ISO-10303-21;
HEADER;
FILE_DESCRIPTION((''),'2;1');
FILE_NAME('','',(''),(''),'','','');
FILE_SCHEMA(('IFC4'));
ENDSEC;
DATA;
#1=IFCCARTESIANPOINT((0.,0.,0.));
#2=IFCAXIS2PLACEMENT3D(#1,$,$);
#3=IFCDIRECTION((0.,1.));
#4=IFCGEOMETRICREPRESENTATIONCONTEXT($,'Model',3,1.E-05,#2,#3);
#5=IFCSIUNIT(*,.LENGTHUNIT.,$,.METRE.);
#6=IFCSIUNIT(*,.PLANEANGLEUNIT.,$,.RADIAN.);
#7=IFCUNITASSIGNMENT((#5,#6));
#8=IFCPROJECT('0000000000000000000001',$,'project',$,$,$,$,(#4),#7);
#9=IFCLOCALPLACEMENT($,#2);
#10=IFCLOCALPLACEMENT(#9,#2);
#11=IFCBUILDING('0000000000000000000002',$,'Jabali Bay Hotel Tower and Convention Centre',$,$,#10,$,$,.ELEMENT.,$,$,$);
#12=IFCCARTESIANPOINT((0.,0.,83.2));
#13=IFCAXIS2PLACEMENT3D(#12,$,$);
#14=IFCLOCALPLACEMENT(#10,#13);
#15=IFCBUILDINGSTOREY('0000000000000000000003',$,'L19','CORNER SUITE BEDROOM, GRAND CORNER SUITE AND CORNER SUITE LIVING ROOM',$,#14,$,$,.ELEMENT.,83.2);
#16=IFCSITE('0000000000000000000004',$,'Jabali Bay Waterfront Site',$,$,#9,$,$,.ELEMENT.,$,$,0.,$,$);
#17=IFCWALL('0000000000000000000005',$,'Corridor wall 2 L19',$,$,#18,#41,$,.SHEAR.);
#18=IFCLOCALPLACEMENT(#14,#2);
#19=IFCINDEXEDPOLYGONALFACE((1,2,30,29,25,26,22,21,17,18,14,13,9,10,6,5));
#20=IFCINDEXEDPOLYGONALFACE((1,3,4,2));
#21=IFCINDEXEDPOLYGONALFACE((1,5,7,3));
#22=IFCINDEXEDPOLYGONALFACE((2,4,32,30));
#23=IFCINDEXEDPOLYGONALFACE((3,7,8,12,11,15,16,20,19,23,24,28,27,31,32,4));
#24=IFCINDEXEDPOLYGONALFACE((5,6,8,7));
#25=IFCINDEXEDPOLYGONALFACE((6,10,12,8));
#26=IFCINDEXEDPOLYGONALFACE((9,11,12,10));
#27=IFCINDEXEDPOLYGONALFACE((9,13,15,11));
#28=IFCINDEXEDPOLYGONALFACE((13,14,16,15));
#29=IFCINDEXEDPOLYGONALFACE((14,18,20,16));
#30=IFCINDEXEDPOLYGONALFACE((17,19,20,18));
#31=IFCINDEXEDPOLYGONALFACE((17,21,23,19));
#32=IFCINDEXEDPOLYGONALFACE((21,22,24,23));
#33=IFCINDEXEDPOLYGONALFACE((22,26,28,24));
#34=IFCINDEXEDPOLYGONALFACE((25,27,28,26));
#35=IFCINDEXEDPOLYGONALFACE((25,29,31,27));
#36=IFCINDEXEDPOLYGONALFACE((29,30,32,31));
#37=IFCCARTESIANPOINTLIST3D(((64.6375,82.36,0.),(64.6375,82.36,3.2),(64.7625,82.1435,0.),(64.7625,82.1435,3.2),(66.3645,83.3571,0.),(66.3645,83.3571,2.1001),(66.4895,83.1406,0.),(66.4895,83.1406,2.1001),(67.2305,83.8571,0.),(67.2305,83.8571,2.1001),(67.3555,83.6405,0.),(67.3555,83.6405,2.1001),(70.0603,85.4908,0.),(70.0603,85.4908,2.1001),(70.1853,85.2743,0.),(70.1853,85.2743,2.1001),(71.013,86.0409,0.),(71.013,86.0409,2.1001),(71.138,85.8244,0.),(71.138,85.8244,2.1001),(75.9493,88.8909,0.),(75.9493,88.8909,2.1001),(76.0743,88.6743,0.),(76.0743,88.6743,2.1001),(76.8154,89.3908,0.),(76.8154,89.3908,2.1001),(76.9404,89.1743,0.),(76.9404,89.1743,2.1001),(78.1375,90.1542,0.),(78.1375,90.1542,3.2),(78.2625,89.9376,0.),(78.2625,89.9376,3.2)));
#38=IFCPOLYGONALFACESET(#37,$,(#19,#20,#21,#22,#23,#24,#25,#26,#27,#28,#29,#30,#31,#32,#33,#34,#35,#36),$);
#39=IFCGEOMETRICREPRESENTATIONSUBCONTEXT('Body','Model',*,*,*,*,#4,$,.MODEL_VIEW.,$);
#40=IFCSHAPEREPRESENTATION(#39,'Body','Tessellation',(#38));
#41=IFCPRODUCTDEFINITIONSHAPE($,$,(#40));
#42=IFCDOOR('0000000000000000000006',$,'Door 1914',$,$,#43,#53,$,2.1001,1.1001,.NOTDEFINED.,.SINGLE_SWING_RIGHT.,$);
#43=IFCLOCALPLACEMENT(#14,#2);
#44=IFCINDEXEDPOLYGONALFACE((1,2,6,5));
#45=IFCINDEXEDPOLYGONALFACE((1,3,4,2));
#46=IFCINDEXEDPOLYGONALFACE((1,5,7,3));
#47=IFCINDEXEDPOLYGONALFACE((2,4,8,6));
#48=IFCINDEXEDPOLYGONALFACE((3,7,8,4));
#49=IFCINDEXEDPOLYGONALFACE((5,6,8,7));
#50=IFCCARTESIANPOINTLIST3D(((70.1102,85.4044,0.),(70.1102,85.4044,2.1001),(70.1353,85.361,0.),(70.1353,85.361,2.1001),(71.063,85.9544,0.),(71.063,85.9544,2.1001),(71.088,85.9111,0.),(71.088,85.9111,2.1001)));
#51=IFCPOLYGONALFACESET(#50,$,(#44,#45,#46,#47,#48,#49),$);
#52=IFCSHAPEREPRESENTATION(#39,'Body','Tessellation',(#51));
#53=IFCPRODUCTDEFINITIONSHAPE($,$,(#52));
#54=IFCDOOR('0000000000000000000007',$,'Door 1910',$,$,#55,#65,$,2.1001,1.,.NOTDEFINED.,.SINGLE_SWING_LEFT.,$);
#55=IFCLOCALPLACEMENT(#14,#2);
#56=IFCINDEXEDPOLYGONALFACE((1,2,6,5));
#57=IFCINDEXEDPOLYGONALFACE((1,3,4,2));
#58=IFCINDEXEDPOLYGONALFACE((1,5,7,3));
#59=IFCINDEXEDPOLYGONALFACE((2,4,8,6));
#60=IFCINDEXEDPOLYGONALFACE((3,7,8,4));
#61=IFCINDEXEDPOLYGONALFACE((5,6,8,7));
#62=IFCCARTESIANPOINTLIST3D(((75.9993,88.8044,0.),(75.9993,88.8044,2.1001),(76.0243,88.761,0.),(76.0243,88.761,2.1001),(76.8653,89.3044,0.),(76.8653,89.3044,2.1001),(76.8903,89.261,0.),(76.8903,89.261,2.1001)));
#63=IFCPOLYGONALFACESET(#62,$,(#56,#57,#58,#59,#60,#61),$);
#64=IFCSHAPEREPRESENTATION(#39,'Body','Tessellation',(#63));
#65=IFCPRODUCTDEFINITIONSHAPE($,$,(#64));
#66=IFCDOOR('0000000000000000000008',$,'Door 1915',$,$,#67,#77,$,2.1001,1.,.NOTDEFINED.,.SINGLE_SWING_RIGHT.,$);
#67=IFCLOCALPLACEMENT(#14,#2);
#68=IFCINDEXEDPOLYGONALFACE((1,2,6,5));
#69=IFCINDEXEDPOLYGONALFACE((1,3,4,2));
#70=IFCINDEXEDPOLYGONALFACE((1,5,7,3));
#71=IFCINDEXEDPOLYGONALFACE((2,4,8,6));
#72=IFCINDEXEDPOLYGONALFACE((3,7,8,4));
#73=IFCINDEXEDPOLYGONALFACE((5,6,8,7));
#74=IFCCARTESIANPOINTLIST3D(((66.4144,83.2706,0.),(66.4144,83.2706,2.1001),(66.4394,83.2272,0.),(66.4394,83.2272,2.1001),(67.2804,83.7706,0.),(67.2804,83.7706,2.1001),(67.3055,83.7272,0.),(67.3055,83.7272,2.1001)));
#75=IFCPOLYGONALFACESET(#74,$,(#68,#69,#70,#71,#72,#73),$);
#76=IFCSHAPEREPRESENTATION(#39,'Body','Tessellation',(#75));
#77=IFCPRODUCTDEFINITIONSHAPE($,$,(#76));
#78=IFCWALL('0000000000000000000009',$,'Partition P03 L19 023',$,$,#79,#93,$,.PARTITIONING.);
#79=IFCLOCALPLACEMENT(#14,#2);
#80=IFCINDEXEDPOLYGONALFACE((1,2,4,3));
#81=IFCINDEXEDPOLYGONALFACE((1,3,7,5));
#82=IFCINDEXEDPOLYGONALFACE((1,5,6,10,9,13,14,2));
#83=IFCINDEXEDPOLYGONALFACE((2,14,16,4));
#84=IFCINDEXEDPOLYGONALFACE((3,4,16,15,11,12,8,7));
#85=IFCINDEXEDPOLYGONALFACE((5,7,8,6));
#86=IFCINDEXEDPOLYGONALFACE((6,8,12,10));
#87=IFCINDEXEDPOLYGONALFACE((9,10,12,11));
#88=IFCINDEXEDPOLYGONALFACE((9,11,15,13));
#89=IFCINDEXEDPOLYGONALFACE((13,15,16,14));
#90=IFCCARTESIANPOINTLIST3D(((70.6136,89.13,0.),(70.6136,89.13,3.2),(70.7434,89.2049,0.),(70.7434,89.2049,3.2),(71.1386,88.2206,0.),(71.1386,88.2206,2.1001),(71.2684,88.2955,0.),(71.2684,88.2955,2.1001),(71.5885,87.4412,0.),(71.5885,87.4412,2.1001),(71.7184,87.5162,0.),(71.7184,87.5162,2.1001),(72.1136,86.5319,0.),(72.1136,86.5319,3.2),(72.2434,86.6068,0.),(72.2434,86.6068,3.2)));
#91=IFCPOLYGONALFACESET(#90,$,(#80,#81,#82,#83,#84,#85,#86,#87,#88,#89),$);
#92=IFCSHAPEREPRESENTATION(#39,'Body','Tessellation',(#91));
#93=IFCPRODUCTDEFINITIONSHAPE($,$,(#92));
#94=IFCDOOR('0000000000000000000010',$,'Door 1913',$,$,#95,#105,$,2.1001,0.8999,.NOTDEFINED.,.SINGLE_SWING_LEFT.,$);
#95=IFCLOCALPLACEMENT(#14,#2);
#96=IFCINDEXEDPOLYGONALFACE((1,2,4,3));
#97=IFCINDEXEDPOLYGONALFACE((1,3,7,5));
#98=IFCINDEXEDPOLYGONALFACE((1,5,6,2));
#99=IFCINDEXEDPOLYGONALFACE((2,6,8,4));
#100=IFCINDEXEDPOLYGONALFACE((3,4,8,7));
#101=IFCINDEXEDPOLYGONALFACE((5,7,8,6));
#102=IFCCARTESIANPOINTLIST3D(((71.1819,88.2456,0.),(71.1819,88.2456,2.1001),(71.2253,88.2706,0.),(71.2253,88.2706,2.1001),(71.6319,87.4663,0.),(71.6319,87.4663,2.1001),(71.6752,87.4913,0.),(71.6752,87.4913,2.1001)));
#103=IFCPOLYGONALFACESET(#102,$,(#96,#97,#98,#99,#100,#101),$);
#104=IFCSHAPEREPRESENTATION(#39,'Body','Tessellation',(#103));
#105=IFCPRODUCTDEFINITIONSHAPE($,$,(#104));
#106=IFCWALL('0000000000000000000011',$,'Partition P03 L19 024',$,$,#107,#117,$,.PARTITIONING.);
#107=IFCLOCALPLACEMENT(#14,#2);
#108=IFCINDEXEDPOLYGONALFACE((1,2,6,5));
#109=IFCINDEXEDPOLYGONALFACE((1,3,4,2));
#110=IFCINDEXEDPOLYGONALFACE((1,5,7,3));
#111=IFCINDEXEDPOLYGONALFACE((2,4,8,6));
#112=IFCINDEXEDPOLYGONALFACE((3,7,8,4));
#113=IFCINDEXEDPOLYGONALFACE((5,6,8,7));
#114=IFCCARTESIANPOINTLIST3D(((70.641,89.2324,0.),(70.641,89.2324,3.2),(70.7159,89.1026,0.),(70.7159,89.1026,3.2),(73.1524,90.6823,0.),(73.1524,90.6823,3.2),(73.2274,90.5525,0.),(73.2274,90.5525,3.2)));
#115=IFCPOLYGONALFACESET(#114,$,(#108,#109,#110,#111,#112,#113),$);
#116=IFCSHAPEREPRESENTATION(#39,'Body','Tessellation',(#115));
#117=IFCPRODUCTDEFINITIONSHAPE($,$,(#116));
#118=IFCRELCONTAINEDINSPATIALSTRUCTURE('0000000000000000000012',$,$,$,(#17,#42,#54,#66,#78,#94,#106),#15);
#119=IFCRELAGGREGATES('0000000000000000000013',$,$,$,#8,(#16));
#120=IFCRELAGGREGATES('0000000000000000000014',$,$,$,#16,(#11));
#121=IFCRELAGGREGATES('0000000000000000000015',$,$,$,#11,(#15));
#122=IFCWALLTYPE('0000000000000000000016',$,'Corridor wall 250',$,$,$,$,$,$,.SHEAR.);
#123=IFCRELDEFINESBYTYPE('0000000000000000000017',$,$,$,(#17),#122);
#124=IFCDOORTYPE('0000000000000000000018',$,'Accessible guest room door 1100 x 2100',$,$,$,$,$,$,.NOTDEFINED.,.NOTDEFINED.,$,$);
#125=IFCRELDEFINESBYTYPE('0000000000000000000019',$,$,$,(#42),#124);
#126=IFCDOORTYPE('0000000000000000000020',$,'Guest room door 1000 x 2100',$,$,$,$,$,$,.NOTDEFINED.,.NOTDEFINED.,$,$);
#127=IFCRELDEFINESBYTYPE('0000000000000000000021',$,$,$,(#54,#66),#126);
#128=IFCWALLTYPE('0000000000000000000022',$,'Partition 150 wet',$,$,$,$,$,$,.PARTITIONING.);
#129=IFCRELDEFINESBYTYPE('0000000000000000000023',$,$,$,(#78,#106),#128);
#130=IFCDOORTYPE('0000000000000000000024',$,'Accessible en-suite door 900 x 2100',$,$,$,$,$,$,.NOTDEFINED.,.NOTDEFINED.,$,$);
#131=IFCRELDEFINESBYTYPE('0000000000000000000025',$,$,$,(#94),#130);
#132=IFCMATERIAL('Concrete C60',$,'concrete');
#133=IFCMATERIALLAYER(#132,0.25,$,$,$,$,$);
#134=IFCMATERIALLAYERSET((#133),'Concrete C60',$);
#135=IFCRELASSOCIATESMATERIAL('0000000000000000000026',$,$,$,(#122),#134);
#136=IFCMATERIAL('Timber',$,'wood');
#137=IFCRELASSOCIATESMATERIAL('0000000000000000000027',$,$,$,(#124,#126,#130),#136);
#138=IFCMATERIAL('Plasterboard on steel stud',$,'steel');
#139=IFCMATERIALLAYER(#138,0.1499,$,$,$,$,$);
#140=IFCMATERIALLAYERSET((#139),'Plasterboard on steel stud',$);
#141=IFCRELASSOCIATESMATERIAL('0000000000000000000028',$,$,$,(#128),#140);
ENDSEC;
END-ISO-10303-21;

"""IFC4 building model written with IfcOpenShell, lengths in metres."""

from ifc_helpers import new_model, si_unit, direction, frame, frame_2d, origin, place, context, subcontext, project, spatial, rectangle, extrude, material, layer, layer_set, type_object, element, fill, save


model = new_model("IFC4")

# Units and contexts
model_context = context("Model", 3, precision=1e-05, world=origin(), true_north=direction((0.0, 1.0)))
body_context = subcontext(model_context, "Body", "Model", "MODEL_VIEW")
ifc_project = project(units=[si_unit("LENGTHUNIT", "METRE"), si_unit("PLANEANGLEUNIT", "RADIAN")], contexts=[model_context])

# Site, building, storey
site_placement = place(None, origin())
site = spatial("IfcSite", under=ifc_project, at=site_placement, Name="Jabali Bay Waterfront Site", CompositionType="ELEMENT", RefElevation=0.0)
building_placement = place(site_placement, origin())
building = spatial("IfcBuilding", under=site, at=building_placement, Name="Jabali Bay Hotel Tower and Convention Centre", CompositionType="ELEMENT")
storey_placement = place(building_placement, frame((0.0, 0.0, 83.2)))
storey = spatial("IfcBuildingStorey", under=building, at=storey_placement, Name="L19", Description="CORNER SUITE BEDROOM, GRAND CORNER SUITE AND CORNER SUITE LIVING ROOM", CompositionType="ELEMENT", Elevation=83.2)

# Shared definitions
ifc_material_1 = material(Name="Concrete C60", Category="concrete")

# Wall, openings, doors
ifc_layer_1 = layer(ifc_material_1, 0.25)
ifc_layer_set_1 = layer_set([ifc_layer_1], Name="Concrete C60")
wall_type_1 = type_object("IfcWallType", Name="Corridor wall 250", PredefinedType="SHEAR", material=ifc_layer_set_1)
wall_1_placement = place(storey_placement, frame((78.2, 90.0459, 0.0), z_axis=(0.0, 0.0, 1.0), x_axis=(-0.866026, -0.499998, 0.0)))
wall_1 = element("IfcWall", 1, at=wall_1_placement, inside=storey, type_object=wall_type_1, Name="Corridor wall 2 L19", PredefinedType="SHEAR", context=body_context, shape_type="SweptSolid", body=[
    extrude(rectangle(XDim=15.5884, YDim=0.25, at=frame_2d((7.7942, 0.0))), origin(), (0.0, 0.0, 1.0), 3.2),
])
opening_1_placement = place(wall_1_placement, frame((1.5266, 0.0, 0.0)))
opening_1 = element("IfcOpeningElement", 2, at=opening_1_placement, cuts=wall_1, PredefinedType="OPENING", context=body_context, shape_type="SweptSolid", body=[
    extrude(rectangle(XDim=1.0, YDim=2.1001, at=frame_2d((0.5, 1.05))), frame((0.0, 0.1355, 0.0), z_axis=(0.0, -1.0, 0.0), x_axis=(1.0, 0.0, 0.0)), (0.0, 0.0, 1.0), 0.271),
])
opening_2_placement = place(wall_1_placement, frame((8.2266, 0.0, 0.0)))
opening_2 = element("IfcOpeningElement", 3, at=opening_2_placement, cuts=wall_1, PredefinedType="OPENING", context=body_context, shape_type="SweptSolid", body=[
    extrude(rectangle(XDim=1.1001, YDim=2.1001, at=frame_2d((0.55, 1.05))), frame((0.0, 0.1355, 0.0), z_axis=(0.0, -1.0, 0.0), x_axis=(1.0, 0.0, 0.0)), (0.0, 0.0, 1.0), 0.271),
])
opening_3_placement = place(wall_1_placement, frame((12.5942, 0.0, 0.0)))
opening_3 = element("IfcOpeningElement", 4, at=opening_3_placement, cuts=wall_1, PredefinedType="OPENING", context=body_context, shape_type="SweptSolid", body=[
    extrude(rectangle(XDim=1.0, YDim=2.1001, at=frame_2d((0.5, 1.05))), frame((0.0, 0.1355, 0.0), z_axis=(0.0, -1.0, 0.0), x_axis=(1.0, 0.0, 0.0)), (0.0, 0.0, 1.0), 0.271),
])
ifc_material_2 = material(Name="Timber", Category="wood")
door_type_1 = type_object("IfcDoorType", Name="Accessible guest room door 1100 x 2100", OperationType="NOTDEFINED", PredefinedType="NOTDEFINED", material=ifc_material_2)
door_1_placement = place(opening_2_placement, origin())
door_1 = element("IfcDoor", 5, at=door_1_placement, inside=storey, type_object=door_type_1, Name="Door 1914", OperationType="SINGLE_SWING_RIGHT", OverallHeight=2.1001, OverallWidth=1.1001, PredefinedType="NOTDEFINED", context=body_context, shape_type="SweptSolid", body=[
    extrude(rectangle(XDim=1.1001, YDim=2.1001, at=frame_2d((0.55, 1.05))), frame((0.0, 0.0249, 0.0), z_axis=(0.0, -1.0, 0.0), x_axis=(1.0, 0.0, 0.0)), (0.0, 0.0, 1.0), 0.05),
])
fill(opening_2, door_1)
door_type_2 = type_object("IfcDoorType", Name="Guest room door 1000 x 2100", OperationType="NOTDEFINED", PredefinedType="NOTDEFINED", material=ifc_material_2)
door_2_placement = place(opening_1_placement, origin())
door_2 = element("IfcDoor", 6, at=door_2_placement, inside=storey, type_object=door_type_2, Name="Door 1910", OperationType="SINGLE_SWING_LEFT", OverallHeight=2.1001, OverallWidth=1.0, PredefinedType="NOTDEFINED", context=body_context, shape_type="SweptSolid", body=[
    extrude(rectangle(XDim=1.0, YDim=2.1001, at=frame_2d((0.5, 1.05))), frame((0.0, 0.0249, 0.0), z_axis=(0.0, -1.0, 0.0), x_axis=(1.0, 0.0, 0.0)), (0.0, 0.0, 1.0), 0.05),
])
fill(opening_1, door_2)
door_3_placement = place(opening_3_placement, origin())
door_3 = element("IfcDoor", 7, at=door_3_placement, inside=storey, type_object=door_type_2, Name="Door 1915", OperationType="SINGLE_SWING_RIGHT", OverallHeight=2.1001, OverallWidth=1.0, PredefinedType="NOTDEFINED", context=body_context, shape_type="SweptSolid", body=[
    extrude(rectangle(XDim=1.0, YDim=2.1001, at=frame_2d((0.5, 1.05))), frame((0.0, 0.0249, 0.0), z_axis=(0.0, -1.0, 0.0), x_axis=(1.0, 0.0, 0.0)), (0.0, 0.0, 1.0), 0.05),
])
fill(opening_3, door_3)

# Wall, opening, door
ifc_material_3 = material(Name="Plasterboard on steel stud", Category="steel")
ifc_layer_2 = layer(ifc_material_3, 0.1499)
ifc_layer_set_2 = layer_set([ifc_layer_2], Name="Plasterboard on steel stud")
wall_type_2 = type_object("IfcWallType", Name="Partition 150 wet", PredefinedType="PARTITIONING", material=ifc_layer_set_2)
wall_2_placement = place(storey_placement, frame((72.1785, 86.5693, 0.0), z_axis=(0.0, 0.0, 1.0), x_axis=(-0.49999, 0.866031, 0.0)))
wall_2 = element("IfcWall", 8, at=wall_2_placement, inside=storey, type_object=wall_type_2, Name="Partition P03 L19 023", PredefinedType="PARTITIONING", context=body_context, shape_type="SweptSolid", body=[
    extrude(rectangle(XDim=3.0, YDim=0.1499, at=frame_2d((1.5, 0.0))), origin(), (0.0, 0.0, 1.0), 3.2),
])
opening_4_placement = place(wall_2_placement, frame((1.05, 0.0, 0.0)))
opening_4 = element("IfcOpeningElement", 9, at=opening_4_placement, cuts=wall_2, PredefinedType="OPENING", context=body_context, shape_type="SweptSolid", body=[
    extrude(rectangle(XDim=0.8999, YDim=2.1001, at=frame_2d((0.45, 1.05))), frame((0.0, 0.0854, 0.0), z_axis=(0.0, -1.0, 0.0), x_axis=(1.0, 0.0, 0.0)), (0.0, 0.0, 1.0), 0.1709),
])
door_type_3 = type_object("IfcDoorType", Name="Accessible en-suite door 900 x 2100", OperationType="NOTDEFINED", PredefinedType="NOTDEFINED", material=ifc_material_2)
door_4_placement = place(opening_4_placement, origin())
door_4 = element("IfcDoor", 10, at=door_4_placement, inside=storey, type_object=door_type_3, Name="Door 1913", OperationType="SINGLE_SWING_LEFT", OverallHeight=2.1001, OverallWidth=0.8999, PredefinedType="NOTDEFINED", context=body_context, shape_type="SweptSolid", body=[
    extrude(rectangle(XDim=0.8999, YDim=2.1001, at=frame_2d((0.45, 1.05))), frame((0.0, 0.0249, 0.0), z_axis=(0.0, -1.0, 0.0), x_axis=(1.0, 0.0, 0.0)), (0.0, 0.0, 1.0), 0.05),
])
fill(opening_4, door_4)

# Wall
wall_3_placement = place(storey_placement, frame((70.6785, 89.1675, 0.0), z_axis=(0.0, 0.0, 1.0), x_axis=(0.866033, 0.499987, 0.0)))
element("IfcWall", 11, at=wall_3_placement, inside=storey, type_object=wall_type_2, Name="Partition P03 L19 024", PredefinedType="PARTITIONING", context=body_context, shape_type="SweptSolid", body=[
    extrude(rectangle(XDim=2.8999, YDim=0.1499, at=frame_2d((1.45, 0.0))), origin(), (0.0, 0.0, 1.0), 3.2),
])

save(model, "model.ifc")
